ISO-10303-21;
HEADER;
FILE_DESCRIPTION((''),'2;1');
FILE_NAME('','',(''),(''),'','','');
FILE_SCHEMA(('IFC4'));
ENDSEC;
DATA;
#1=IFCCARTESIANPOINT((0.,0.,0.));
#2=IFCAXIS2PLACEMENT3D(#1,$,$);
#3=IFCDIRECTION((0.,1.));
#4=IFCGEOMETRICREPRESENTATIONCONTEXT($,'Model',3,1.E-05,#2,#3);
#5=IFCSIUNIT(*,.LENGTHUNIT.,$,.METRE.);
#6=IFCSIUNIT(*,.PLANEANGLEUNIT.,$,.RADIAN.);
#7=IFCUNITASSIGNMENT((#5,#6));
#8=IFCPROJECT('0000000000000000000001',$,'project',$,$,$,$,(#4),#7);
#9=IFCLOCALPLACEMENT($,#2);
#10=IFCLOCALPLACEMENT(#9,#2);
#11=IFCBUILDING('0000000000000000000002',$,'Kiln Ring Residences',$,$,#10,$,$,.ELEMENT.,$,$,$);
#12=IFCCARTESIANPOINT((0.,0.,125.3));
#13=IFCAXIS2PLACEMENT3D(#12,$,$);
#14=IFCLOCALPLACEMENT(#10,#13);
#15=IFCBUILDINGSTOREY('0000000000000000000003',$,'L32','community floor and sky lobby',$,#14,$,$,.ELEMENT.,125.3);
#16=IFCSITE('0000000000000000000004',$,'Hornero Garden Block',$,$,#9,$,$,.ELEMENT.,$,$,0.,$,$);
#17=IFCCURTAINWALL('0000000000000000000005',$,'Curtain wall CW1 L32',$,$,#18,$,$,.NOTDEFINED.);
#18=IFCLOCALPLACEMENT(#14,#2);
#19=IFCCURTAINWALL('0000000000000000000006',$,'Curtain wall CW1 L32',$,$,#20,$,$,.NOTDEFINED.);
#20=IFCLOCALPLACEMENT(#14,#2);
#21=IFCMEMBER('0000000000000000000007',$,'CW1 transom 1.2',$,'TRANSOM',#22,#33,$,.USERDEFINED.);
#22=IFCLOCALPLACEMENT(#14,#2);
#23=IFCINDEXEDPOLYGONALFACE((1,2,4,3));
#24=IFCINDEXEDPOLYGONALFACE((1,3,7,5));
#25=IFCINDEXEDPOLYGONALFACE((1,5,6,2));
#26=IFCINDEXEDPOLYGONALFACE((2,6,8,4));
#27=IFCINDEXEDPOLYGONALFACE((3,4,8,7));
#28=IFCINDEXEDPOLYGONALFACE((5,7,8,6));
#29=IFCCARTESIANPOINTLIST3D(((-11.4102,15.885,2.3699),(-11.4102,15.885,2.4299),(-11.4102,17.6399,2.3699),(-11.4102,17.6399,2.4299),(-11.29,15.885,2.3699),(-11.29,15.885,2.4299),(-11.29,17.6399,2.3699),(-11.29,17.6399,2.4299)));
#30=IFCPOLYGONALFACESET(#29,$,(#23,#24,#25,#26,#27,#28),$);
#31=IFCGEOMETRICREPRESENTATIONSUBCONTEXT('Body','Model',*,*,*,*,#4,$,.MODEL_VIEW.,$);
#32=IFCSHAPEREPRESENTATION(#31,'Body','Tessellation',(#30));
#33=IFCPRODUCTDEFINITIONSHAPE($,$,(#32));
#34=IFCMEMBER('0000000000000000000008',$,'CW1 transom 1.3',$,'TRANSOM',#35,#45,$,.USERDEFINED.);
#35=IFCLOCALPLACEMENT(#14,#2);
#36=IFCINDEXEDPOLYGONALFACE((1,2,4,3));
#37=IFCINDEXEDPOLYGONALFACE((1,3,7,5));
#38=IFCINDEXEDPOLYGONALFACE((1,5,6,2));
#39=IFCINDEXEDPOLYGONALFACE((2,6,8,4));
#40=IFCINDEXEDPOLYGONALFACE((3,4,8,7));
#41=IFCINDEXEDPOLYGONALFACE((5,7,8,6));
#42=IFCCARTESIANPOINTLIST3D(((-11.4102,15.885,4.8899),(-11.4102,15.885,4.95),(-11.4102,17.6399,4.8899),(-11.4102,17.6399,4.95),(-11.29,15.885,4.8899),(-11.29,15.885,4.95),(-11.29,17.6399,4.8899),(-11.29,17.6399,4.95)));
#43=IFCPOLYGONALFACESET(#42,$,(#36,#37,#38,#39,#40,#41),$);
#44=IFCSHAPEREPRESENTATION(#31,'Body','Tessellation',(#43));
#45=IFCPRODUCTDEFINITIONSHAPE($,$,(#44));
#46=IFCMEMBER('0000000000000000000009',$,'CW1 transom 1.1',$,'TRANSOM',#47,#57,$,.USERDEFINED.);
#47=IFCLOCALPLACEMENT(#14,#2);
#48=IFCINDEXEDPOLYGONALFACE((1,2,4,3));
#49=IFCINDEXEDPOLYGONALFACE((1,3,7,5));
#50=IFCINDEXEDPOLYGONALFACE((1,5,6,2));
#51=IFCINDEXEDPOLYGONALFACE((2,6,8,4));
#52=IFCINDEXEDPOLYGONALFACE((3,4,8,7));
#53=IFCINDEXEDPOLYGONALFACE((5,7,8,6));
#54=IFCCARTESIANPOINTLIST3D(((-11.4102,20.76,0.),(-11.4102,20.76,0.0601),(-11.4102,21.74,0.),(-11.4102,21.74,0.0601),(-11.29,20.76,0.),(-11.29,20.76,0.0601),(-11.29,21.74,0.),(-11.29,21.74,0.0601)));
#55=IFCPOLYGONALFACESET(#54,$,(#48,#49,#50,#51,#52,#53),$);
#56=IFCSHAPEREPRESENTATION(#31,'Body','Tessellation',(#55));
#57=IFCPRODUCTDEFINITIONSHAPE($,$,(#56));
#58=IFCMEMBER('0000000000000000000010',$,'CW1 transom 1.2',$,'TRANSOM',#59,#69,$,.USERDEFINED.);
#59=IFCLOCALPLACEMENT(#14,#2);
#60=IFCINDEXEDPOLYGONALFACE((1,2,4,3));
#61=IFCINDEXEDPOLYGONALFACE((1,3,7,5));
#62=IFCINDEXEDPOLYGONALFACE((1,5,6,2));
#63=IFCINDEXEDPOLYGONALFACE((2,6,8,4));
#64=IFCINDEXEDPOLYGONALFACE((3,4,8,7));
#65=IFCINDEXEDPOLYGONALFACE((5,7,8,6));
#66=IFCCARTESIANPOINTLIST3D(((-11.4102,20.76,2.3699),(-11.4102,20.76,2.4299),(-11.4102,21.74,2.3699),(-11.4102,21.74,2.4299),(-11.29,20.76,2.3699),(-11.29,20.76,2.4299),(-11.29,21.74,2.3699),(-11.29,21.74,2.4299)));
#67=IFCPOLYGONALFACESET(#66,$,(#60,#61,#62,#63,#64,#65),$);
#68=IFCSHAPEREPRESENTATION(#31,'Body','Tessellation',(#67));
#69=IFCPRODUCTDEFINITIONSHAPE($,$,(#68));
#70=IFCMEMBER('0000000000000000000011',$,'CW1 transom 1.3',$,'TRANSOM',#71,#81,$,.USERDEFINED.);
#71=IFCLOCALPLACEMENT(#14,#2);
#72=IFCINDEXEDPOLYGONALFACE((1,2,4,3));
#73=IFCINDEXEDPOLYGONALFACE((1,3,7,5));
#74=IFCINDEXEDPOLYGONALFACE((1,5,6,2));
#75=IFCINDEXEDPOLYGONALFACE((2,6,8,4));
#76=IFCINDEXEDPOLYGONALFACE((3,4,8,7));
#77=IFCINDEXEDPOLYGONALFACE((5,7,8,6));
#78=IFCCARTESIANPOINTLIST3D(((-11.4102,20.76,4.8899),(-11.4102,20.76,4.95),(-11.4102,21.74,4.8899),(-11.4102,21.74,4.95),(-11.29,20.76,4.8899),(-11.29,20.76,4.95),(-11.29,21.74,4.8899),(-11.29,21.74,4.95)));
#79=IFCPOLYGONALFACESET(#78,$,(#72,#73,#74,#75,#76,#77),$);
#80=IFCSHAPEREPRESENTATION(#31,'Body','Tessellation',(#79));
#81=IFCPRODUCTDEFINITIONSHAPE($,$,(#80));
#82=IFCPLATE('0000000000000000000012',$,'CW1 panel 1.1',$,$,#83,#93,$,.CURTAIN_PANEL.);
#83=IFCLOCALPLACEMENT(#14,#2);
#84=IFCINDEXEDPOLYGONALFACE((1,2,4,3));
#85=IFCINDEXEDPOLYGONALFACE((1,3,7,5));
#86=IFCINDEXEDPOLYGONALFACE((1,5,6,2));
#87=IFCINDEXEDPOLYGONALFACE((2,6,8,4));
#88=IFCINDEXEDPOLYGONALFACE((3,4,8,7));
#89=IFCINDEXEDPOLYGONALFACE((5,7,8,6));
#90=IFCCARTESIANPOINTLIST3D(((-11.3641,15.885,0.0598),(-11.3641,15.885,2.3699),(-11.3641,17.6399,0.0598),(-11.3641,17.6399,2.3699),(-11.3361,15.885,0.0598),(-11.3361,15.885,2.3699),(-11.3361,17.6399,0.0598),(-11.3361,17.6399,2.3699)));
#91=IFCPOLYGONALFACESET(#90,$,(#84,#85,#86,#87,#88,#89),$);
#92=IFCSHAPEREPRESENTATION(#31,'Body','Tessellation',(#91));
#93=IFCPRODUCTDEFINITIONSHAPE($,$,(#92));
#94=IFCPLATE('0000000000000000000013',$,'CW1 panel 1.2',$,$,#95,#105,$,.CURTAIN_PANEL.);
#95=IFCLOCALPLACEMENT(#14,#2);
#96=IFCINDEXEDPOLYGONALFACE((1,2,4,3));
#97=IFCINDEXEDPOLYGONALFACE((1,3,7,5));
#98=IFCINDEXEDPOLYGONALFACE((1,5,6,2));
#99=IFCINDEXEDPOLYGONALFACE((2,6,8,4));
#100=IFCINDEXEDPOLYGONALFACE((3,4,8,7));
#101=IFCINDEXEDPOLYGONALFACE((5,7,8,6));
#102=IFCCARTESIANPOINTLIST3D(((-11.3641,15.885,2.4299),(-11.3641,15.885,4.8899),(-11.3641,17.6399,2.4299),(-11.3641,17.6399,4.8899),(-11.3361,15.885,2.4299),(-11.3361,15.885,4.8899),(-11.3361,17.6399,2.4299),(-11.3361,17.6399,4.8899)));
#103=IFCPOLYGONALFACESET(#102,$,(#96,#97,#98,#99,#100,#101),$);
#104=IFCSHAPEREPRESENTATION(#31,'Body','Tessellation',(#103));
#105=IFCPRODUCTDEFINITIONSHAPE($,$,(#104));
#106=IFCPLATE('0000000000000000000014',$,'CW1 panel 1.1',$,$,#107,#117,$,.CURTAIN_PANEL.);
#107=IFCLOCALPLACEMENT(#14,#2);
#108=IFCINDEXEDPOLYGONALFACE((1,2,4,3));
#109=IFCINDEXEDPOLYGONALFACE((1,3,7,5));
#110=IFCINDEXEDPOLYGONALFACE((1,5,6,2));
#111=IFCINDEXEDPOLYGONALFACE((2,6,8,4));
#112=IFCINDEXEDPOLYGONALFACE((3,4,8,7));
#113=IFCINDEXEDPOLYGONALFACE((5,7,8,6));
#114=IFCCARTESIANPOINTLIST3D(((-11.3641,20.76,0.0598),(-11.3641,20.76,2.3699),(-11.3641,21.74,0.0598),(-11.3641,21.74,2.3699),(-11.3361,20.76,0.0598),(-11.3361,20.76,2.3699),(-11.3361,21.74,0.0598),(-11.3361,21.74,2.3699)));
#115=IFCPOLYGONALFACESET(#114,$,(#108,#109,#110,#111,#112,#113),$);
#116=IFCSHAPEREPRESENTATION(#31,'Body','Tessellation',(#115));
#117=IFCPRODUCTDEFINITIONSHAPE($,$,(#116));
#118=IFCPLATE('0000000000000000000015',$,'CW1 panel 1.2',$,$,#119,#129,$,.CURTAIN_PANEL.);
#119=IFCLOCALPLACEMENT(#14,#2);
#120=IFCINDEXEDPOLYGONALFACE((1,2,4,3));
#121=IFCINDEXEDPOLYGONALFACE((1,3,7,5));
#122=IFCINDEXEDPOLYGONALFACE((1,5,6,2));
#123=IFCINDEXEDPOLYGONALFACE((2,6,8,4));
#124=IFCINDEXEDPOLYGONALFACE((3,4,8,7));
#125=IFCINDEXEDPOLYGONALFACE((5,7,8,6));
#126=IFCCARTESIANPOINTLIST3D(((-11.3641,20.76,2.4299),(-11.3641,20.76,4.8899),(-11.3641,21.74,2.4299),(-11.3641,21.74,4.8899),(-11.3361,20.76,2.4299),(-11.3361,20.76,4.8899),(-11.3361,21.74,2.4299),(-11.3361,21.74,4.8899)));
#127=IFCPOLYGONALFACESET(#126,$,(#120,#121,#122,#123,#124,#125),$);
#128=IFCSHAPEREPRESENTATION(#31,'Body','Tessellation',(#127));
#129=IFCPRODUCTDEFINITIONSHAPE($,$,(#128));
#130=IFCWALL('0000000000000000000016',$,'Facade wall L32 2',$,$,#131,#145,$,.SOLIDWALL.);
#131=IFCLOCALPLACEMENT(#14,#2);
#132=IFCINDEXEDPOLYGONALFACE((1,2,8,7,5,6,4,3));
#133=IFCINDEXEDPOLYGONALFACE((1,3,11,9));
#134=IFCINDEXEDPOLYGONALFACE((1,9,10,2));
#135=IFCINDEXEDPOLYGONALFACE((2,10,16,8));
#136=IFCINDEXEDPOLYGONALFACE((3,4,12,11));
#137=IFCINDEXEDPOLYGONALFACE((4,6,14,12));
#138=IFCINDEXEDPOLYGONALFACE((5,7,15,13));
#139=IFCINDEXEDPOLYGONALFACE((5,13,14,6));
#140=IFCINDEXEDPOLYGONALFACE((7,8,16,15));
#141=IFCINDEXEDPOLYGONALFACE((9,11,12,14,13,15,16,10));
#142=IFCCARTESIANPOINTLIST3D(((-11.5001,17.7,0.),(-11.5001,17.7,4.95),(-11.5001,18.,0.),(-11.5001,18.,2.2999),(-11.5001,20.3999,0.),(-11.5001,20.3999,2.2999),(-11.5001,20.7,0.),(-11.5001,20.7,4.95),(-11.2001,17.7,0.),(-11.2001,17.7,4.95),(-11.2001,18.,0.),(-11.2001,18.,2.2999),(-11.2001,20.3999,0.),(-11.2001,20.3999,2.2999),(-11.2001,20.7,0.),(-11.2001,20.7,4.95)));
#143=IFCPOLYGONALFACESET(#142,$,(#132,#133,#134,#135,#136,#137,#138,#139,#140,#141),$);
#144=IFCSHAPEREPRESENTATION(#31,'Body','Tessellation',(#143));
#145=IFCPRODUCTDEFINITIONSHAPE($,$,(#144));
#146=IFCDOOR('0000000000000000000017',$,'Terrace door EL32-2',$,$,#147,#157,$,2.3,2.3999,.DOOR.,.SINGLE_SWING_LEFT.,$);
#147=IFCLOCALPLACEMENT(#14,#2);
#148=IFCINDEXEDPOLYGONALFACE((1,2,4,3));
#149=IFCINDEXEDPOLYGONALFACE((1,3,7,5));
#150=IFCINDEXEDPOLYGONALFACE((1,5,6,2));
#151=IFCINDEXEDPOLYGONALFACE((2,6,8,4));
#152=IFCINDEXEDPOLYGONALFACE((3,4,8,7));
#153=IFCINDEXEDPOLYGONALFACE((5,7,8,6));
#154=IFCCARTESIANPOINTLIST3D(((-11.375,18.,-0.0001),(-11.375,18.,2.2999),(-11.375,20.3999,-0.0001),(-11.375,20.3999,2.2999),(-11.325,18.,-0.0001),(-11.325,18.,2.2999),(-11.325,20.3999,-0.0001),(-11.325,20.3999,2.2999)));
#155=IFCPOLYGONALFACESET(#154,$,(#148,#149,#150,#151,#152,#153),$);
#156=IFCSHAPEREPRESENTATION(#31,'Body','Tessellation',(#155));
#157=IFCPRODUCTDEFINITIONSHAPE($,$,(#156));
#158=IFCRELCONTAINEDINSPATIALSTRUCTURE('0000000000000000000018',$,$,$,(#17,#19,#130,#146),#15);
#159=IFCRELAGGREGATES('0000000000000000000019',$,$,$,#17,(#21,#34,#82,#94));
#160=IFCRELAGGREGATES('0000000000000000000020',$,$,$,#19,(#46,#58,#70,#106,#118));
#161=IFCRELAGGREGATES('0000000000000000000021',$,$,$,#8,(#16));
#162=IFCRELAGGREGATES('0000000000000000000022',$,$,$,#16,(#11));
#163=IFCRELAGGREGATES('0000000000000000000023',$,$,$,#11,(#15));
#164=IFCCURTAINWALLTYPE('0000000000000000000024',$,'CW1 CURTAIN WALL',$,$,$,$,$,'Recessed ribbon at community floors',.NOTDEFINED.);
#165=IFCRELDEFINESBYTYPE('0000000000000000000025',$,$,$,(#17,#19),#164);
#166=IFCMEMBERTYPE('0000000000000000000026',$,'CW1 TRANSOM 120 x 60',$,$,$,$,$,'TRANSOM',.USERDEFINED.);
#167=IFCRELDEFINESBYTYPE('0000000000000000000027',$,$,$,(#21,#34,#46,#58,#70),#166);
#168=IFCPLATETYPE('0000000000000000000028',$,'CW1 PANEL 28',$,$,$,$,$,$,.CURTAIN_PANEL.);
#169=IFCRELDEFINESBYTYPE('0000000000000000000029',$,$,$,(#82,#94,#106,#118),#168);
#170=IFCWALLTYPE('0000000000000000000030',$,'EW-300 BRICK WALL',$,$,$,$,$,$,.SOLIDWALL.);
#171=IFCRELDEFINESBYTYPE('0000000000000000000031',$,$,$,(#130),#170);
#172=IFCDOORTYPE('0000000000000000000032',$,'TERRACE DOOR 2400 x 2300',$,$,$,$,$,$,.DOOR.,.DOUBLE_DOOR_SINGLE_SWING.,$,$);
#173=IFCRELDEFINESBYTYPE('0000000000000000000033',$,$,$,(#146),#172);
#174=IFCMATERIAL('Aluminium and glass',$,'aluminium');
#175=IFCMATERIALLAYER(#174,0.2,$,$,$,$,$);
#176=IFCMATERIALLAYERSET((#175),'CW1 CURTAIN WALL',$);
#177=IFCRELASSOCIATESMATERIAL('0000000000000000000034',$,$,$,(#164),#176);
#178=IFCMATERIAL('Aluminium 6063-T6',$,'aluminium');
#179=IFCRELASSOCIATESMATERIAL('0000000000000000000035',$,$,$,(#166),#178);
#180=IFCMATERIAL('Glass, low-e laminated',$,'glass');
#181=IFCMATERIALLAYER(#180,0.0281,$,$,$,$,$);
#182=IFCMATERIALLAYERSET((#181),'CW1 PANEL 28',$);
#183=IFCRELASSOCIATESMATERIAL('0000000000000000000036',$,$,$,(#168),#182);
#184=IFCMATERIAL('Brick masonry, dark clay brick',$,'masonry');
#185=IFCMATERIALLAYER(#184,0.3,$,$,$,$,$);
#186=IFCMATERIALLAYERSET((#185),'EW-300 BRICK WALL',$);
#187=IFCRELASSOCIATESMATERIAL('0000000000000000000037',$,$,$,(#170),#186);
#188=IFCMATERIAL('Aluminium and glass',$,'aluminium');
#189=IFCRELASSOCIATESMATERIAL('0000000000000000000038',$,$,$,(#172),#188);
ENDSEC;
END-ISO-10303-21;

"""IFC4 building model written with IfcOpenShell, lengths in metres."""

from ifc_helpers import new_model, si_unit, direction, frame, frame_2d, origin, origin_2d, place, context, subcontext, project, spatial, rectangle, extrude, material, layer, layer_set, material_profile, profile_set, type_object, element, fill, aggregate, save


model = new_model("IFC4")

# Units and contexts
model_context = context("Model", 3, precision=1e-05, world=origin(), true_north=direction((0.0, 1.0)))
body_context = subcontext(model_context, "Body", "Model", "MODEL_VIEW")
ifc_project = project(units=[si_unit("LENGTHUNIT", "METRE"), si_unit("PLANEANGLEUNIT", "RADIAN")], contexts=[model_context])

# Site, building, storey
site_placement = place(None, origin())
site = spatial("IfcSite", under=ifc_project, at=site_placement, Name="Hornero Garden Block", CompositionType="ELEMENT", RefElevation=0.0)
building_placement = place(site_placement, origin())
building = spatial("IfcBuilding", under=site, at=building_placement, Name="Kiln Ring Residences", CompositionType="ELEMENT")
storey_placement = place(building_placement, frame((0.0, 0.0, 125.3)))
storey = spatial("IfcBuildingStorey", under=building, at=storey_placement, Name="L32", Description="community floor and sky lobby", CompositionType="ELEMENT", Elevation=125.3)

# Curtain wall
ifc_material_1 = material(Name="Aluminium and glass", Category="aluminium")
ifc_layer_1 = layer(ifc_material_1, 0.2)
ifc_layer_set_1 = layer_set([ifc_layer_1], Name="CW1 CURTAIN WALL")
curtain_wall_type = type_object("IfcCurtainWallType", Name="CW1 CURTAIN WALL", ElementType="Recessed ribbon at community floors", PredefinedType="NOTDEFINED", material=ifc_layer_set_1)
placement = place(storey_placement, origin())
curtain_wall_1 = element("IfcCurtainWall", 1, at=placement, inside=storey, type_object=curtain_wall_type, Name="Curtain wall CW1 L32", PredefinedType="NOTDEFINED")

# Curtain wall
curtain_wall_2 = element("IfcCurtainWall", 2, at=placement, inside=storey, type_object=curtain_wall_type, Name="Curtain wall CW1 L32", PredefinedType="NOTDEFINED")

# Members
ifc_material_2 = material(Name="Aluminium 6063-T6", Category="aluminium")
ifc_material_profile_1 = material_profile(ifc_material_2, rectangle(XDim=0.1201, YDim=0.0601, at=origin_2d()), Name="AL 120x60")
ifc_profile_set_1 = profile_set([ifc_material_profile_1], Name="Aluminium 6063-T6")
member_type_1 = type_object("IfcMemberType", Name="CW1 TRANSOM 120 x 60", ElementType="TRANSOM", PredefinedType="USERDEFINED", material=ifc_profile_set_1)
member_1_placement = place(storey_placement, frame((-11.3501, 15.885, 2.3999), z_axis=(0.0, 1.0, 0.0), x_axis=(-1.0, 0.0, 0.0)))
member_1 = element("IfcMember", 3, at=member_1_placement, type_object=member_type_1, Name="CW1 transom 1.2", ObjectType="TRANSOM", PredefinedType="USERDEFINED", context=body_context, shape_type="SweptSolid", body=[
    extrude(rectangle(XDim=0.1201, YDim=0.0601, at=origin_2d()), origin(), (0.0, 0.0, 1.0), 1.7549),
])
member_2_placement = place(storey_placement, frame((-11.3501, 15.885, 4.9199), z_axis=(0.0, 1.0, 0.0), x_axis=(-1.0, 0.0, 0.0)))
member_2 = element("IfcMember", 4, at=member_2_placement, type_object=member_type_1, Name="CW1 transom 1.3", ObjectType="TRANSOM", PredefinedType="USERDEFINED", context=body_context, shape_type="SweptSolid", body=[
    extrude(rectangle(XDim=0.1201, YDim=0.0601, at=origin_2d()), origin(), (0.0, 0.0, 1.0), 1.7549),
])
member_3_placement = place(storey_placement, frame((-11.3501, 20.76, 0.03), z_axis=(0.0, 1.0, 0.0), x_axis=(-1.0, 0.0, 0.0)))
member_3 = element("IfcMember", 5, at=member_3_placement, type_object=member_type_1, Name="CW1 transom 1.1", ObjectType="TRANSOM", PredefinedType="USERDEFINED", context=body_context, shape_type="SweptSolid", body=[
    extrude(rectangle(XDim=0.1201, YDim=0.0601, at=origin_2d()), origin(), (0.0, 0.0, 1.0), 0.98),
])
member_4_placement = place(storey_placement, frame((-11.3501, 20.76, 2.3999), z_axis=(0.0, 1.0, 0.0), x_axis=(-1.0, 0.0, 0.0)))
member_4 = element("IfcMember", 6, at=member_4_placement, type_object=member_type_1, Name="CW1 transom 1.2", ObjectType="TRANSOM", PredefinedType="USERDEFINED", context=body_context, shape_type="SweptSolid", body=[
    extrude(rectangle(XDim=0.1201, YDim=0.0601, at=origin_2d()), origin(), (0.0, 0.0, 1.0), 0.98),
])
member_5_placement = place(storey_placement, frame((-11.3501, 20.76, 4.9199), z_axis=(0.0, 1.0, 0.0), x_axis=(-1.0, 0.0, 0.0)))
member_5 = element("IfcMember", 7, at=member_5_placement, type_object=member_type_1, Name="CW1 transom 1.3", ObjectType="TRANSOM", PredefinedType="USERDEFINED", context=body_context, shape_type="SweptSolid", body=[
    extrude(rectangle(XDim=0.1201, YDim=0.0601, at=origin_2d()), origin(), (0.0, 0.0, 1.0), 0.98),
])

# Plates
ifc_material_3 = material(Name="Glass, low-e laminated", Category="glass")
ifc_layer_2 = layer(ifc_material_3, 0.0281)
ifc_layer_set_2 = layer_set([ifc_layer_2], Name="CW1 PANEL 28")
plate_type = type_object("IfcPlateType", Name="CW1 PANEL 28", PredefinedType="CURTAIN_PANEL", material=ifc_layer_set_2)
plate_1_placement = place(storey_placement, frame((-11.3501, 16.7625, 0.0598), z_axis=(0.0, 0.0, 1.0), x_axis=(0.0, 1.0, 0.0)))
plate_1 = element("IfcPlate", 8, at=plate_1_placement, type_object=plate_type, Name="CW1 panel 1.1", PredefinedType="CURTAIN_PANEL", context=body_context, shape_type="SweptSolid", body=[
    extrude(rectangle(XDim=1.7549, YDim=0.0281, at=origin_2d()), origin(), (0.0, 0.0, 1.0), 2.3101),
])
plate_2_placement = place(storey_placement, frame((-11.3501, 16.7625, 2.4299), z_axis=(0.0, 0.0, 1.0), x_axis=(0.0, 1.0, 0.0)))
plate_2 = element("IfcPlate", 9, at=plate_2_placement, type_object=plate_type, Name="CW1 panel 1.2", PredefinedType="CURTAIN_PANEL", context=body_context, shape_type="SweptSolid", body=[
    extrude(rectangle(XDim=1.7549, YDim=0.0281, at=origin_2d()), origin(), (0.0, 0.0, 1.0), 2.46),
])
aggregate(curtain_wall_1, [member_1, member_2, plate_1, plate_2])
plate_3_placement = place(storey_placement, frame((-11.3501, 21.25, 0.0598), z_axis=(0.0, 0.0, 1.0), x_axis=(0.0, 1.0, 0.0)))
plate_3 = element("IfcPlate", 10, at=plate_3_placement, type_object=plate_type, Name="CW1 panel 1.1", PredefinedType="CURTAIN_PANEL", context=body_context, shape_type="SweptSolid", body=[
    extrude(rectangle(XDim=0.98, YDim=0.0281, at=origin_2d()), origin(), (0.0, 0.0, 1.0), 2.3101),
])
plate_4_placement = place(storey_placement, frame((-11.3501, 21.25, 2.4299), z_axis=(0.0, 0.0, 1.0), x_axis=(0.0, 1.0, 0.0)))
plate_4 = element("IfcPlate", 11, at=plate_4_placement, type_object=plate_type, Name="CW1 panel 1.2", PredefinedType="CURTAIN_PANEL", context=body_context, shape_type="SweptSolid", body=[
    extrude(rectangle(XDim=0.98, YDim=0.0281, at=origin_2d()), origin(), (0.0, 0.0, 1.0), 2.46),
])
aggregate(curtain_wall_2, [member_3, member_4, member_5, plate_3, plate_4])

# Wall, opening, door
ifc_material_4 = material(Name="Brick masonry, dark clay brick", Category="masonry")
ifc_layer_3 = layer(ifc_material_4, 0.3)
ifc_layer_set_3 = layer_set([ifc_layer_3], Name="EW-300 BRICK WALL")
wall_type = type_object("IfcWallType", Name="EW-300 BRICK WALL", PredefinedType="SOLIDWALL", material=ifc_layer_set_3)
wall_placement = place(storey_placement, frame((-11.3501, 17.7, 0.0), z_axis=(0.0, 0.0, 1.0), x_axis=(0.0, 1.0, 0.0)))
wall = element("IfcWall", 12, at=wall_placement, inside=storey, type_object=wall_type, Name="Facade wall L32 2", PredefinedType="SOLIDWALL", context=body_context, shape_type="SweptSolid", body=[
    extrude(rectangle(XDim=3.0, YDim=0.3, at=frame_2d((1.5, 0.0))), origin(), (0.0, 0.0, 1.0), 4.95),
])
opening_placement = place(wall_placement, frame((0.3, 0.0, 0.0)))
opening = element("IfcOpeningElement", 13, at=opening_placement, cuts=wall, PredefinedType="OPENING", context=body_context, shape_type="SweptSolid", body=[
    extrude(rectangle(XDim=2.3999, YDim=2.3, at=frame_2d((1.2, 1.1499))), frame((0.0, 0.1599, 0.0), z_axis=(0.0, -1.0, 0.0), x_axis=(1.0, 0.0, 0.0)), (0.0, 0.0, 1.0), 0.3201),
])
ifc_material_5 = material(Name="Aluminium and glass", Category="aluminium")
door_type = type_object("IfcDoorType", Name="TERRACE DOOR 2400 x 2300", OperationType="DOUBLE_DOOR_SINGLE_SWING", PredefinedType="DOOR", material=ifc_material_5)
door_placement = place(opening_placement, origin())
door = element("IfcDoor", 14, at=door_placement, inside=storey, type_object=door_type, Name="Terrace door EL32-2", OperationType="SINGLE_SWING_LEFT", OverallHeight=2.3, OverallWidth=2.3999, PredefinedType="DOOR", context=body_context, shape_type="SweptSolid", body=[
    extrude(rectangle(XDim=2.3999, YDim=2.3, at=frame_2d((1.2, 1.1499))), frame((0.0, 0.0249, 0.0), z_axis=(0.0, -1.0, 0.0), x_axis=(1.0, 0.0, 0.0)), (0.0, 0.0, 1.0), 0.05),
])
fill(opening, door)

save(model, "model.ifc")
